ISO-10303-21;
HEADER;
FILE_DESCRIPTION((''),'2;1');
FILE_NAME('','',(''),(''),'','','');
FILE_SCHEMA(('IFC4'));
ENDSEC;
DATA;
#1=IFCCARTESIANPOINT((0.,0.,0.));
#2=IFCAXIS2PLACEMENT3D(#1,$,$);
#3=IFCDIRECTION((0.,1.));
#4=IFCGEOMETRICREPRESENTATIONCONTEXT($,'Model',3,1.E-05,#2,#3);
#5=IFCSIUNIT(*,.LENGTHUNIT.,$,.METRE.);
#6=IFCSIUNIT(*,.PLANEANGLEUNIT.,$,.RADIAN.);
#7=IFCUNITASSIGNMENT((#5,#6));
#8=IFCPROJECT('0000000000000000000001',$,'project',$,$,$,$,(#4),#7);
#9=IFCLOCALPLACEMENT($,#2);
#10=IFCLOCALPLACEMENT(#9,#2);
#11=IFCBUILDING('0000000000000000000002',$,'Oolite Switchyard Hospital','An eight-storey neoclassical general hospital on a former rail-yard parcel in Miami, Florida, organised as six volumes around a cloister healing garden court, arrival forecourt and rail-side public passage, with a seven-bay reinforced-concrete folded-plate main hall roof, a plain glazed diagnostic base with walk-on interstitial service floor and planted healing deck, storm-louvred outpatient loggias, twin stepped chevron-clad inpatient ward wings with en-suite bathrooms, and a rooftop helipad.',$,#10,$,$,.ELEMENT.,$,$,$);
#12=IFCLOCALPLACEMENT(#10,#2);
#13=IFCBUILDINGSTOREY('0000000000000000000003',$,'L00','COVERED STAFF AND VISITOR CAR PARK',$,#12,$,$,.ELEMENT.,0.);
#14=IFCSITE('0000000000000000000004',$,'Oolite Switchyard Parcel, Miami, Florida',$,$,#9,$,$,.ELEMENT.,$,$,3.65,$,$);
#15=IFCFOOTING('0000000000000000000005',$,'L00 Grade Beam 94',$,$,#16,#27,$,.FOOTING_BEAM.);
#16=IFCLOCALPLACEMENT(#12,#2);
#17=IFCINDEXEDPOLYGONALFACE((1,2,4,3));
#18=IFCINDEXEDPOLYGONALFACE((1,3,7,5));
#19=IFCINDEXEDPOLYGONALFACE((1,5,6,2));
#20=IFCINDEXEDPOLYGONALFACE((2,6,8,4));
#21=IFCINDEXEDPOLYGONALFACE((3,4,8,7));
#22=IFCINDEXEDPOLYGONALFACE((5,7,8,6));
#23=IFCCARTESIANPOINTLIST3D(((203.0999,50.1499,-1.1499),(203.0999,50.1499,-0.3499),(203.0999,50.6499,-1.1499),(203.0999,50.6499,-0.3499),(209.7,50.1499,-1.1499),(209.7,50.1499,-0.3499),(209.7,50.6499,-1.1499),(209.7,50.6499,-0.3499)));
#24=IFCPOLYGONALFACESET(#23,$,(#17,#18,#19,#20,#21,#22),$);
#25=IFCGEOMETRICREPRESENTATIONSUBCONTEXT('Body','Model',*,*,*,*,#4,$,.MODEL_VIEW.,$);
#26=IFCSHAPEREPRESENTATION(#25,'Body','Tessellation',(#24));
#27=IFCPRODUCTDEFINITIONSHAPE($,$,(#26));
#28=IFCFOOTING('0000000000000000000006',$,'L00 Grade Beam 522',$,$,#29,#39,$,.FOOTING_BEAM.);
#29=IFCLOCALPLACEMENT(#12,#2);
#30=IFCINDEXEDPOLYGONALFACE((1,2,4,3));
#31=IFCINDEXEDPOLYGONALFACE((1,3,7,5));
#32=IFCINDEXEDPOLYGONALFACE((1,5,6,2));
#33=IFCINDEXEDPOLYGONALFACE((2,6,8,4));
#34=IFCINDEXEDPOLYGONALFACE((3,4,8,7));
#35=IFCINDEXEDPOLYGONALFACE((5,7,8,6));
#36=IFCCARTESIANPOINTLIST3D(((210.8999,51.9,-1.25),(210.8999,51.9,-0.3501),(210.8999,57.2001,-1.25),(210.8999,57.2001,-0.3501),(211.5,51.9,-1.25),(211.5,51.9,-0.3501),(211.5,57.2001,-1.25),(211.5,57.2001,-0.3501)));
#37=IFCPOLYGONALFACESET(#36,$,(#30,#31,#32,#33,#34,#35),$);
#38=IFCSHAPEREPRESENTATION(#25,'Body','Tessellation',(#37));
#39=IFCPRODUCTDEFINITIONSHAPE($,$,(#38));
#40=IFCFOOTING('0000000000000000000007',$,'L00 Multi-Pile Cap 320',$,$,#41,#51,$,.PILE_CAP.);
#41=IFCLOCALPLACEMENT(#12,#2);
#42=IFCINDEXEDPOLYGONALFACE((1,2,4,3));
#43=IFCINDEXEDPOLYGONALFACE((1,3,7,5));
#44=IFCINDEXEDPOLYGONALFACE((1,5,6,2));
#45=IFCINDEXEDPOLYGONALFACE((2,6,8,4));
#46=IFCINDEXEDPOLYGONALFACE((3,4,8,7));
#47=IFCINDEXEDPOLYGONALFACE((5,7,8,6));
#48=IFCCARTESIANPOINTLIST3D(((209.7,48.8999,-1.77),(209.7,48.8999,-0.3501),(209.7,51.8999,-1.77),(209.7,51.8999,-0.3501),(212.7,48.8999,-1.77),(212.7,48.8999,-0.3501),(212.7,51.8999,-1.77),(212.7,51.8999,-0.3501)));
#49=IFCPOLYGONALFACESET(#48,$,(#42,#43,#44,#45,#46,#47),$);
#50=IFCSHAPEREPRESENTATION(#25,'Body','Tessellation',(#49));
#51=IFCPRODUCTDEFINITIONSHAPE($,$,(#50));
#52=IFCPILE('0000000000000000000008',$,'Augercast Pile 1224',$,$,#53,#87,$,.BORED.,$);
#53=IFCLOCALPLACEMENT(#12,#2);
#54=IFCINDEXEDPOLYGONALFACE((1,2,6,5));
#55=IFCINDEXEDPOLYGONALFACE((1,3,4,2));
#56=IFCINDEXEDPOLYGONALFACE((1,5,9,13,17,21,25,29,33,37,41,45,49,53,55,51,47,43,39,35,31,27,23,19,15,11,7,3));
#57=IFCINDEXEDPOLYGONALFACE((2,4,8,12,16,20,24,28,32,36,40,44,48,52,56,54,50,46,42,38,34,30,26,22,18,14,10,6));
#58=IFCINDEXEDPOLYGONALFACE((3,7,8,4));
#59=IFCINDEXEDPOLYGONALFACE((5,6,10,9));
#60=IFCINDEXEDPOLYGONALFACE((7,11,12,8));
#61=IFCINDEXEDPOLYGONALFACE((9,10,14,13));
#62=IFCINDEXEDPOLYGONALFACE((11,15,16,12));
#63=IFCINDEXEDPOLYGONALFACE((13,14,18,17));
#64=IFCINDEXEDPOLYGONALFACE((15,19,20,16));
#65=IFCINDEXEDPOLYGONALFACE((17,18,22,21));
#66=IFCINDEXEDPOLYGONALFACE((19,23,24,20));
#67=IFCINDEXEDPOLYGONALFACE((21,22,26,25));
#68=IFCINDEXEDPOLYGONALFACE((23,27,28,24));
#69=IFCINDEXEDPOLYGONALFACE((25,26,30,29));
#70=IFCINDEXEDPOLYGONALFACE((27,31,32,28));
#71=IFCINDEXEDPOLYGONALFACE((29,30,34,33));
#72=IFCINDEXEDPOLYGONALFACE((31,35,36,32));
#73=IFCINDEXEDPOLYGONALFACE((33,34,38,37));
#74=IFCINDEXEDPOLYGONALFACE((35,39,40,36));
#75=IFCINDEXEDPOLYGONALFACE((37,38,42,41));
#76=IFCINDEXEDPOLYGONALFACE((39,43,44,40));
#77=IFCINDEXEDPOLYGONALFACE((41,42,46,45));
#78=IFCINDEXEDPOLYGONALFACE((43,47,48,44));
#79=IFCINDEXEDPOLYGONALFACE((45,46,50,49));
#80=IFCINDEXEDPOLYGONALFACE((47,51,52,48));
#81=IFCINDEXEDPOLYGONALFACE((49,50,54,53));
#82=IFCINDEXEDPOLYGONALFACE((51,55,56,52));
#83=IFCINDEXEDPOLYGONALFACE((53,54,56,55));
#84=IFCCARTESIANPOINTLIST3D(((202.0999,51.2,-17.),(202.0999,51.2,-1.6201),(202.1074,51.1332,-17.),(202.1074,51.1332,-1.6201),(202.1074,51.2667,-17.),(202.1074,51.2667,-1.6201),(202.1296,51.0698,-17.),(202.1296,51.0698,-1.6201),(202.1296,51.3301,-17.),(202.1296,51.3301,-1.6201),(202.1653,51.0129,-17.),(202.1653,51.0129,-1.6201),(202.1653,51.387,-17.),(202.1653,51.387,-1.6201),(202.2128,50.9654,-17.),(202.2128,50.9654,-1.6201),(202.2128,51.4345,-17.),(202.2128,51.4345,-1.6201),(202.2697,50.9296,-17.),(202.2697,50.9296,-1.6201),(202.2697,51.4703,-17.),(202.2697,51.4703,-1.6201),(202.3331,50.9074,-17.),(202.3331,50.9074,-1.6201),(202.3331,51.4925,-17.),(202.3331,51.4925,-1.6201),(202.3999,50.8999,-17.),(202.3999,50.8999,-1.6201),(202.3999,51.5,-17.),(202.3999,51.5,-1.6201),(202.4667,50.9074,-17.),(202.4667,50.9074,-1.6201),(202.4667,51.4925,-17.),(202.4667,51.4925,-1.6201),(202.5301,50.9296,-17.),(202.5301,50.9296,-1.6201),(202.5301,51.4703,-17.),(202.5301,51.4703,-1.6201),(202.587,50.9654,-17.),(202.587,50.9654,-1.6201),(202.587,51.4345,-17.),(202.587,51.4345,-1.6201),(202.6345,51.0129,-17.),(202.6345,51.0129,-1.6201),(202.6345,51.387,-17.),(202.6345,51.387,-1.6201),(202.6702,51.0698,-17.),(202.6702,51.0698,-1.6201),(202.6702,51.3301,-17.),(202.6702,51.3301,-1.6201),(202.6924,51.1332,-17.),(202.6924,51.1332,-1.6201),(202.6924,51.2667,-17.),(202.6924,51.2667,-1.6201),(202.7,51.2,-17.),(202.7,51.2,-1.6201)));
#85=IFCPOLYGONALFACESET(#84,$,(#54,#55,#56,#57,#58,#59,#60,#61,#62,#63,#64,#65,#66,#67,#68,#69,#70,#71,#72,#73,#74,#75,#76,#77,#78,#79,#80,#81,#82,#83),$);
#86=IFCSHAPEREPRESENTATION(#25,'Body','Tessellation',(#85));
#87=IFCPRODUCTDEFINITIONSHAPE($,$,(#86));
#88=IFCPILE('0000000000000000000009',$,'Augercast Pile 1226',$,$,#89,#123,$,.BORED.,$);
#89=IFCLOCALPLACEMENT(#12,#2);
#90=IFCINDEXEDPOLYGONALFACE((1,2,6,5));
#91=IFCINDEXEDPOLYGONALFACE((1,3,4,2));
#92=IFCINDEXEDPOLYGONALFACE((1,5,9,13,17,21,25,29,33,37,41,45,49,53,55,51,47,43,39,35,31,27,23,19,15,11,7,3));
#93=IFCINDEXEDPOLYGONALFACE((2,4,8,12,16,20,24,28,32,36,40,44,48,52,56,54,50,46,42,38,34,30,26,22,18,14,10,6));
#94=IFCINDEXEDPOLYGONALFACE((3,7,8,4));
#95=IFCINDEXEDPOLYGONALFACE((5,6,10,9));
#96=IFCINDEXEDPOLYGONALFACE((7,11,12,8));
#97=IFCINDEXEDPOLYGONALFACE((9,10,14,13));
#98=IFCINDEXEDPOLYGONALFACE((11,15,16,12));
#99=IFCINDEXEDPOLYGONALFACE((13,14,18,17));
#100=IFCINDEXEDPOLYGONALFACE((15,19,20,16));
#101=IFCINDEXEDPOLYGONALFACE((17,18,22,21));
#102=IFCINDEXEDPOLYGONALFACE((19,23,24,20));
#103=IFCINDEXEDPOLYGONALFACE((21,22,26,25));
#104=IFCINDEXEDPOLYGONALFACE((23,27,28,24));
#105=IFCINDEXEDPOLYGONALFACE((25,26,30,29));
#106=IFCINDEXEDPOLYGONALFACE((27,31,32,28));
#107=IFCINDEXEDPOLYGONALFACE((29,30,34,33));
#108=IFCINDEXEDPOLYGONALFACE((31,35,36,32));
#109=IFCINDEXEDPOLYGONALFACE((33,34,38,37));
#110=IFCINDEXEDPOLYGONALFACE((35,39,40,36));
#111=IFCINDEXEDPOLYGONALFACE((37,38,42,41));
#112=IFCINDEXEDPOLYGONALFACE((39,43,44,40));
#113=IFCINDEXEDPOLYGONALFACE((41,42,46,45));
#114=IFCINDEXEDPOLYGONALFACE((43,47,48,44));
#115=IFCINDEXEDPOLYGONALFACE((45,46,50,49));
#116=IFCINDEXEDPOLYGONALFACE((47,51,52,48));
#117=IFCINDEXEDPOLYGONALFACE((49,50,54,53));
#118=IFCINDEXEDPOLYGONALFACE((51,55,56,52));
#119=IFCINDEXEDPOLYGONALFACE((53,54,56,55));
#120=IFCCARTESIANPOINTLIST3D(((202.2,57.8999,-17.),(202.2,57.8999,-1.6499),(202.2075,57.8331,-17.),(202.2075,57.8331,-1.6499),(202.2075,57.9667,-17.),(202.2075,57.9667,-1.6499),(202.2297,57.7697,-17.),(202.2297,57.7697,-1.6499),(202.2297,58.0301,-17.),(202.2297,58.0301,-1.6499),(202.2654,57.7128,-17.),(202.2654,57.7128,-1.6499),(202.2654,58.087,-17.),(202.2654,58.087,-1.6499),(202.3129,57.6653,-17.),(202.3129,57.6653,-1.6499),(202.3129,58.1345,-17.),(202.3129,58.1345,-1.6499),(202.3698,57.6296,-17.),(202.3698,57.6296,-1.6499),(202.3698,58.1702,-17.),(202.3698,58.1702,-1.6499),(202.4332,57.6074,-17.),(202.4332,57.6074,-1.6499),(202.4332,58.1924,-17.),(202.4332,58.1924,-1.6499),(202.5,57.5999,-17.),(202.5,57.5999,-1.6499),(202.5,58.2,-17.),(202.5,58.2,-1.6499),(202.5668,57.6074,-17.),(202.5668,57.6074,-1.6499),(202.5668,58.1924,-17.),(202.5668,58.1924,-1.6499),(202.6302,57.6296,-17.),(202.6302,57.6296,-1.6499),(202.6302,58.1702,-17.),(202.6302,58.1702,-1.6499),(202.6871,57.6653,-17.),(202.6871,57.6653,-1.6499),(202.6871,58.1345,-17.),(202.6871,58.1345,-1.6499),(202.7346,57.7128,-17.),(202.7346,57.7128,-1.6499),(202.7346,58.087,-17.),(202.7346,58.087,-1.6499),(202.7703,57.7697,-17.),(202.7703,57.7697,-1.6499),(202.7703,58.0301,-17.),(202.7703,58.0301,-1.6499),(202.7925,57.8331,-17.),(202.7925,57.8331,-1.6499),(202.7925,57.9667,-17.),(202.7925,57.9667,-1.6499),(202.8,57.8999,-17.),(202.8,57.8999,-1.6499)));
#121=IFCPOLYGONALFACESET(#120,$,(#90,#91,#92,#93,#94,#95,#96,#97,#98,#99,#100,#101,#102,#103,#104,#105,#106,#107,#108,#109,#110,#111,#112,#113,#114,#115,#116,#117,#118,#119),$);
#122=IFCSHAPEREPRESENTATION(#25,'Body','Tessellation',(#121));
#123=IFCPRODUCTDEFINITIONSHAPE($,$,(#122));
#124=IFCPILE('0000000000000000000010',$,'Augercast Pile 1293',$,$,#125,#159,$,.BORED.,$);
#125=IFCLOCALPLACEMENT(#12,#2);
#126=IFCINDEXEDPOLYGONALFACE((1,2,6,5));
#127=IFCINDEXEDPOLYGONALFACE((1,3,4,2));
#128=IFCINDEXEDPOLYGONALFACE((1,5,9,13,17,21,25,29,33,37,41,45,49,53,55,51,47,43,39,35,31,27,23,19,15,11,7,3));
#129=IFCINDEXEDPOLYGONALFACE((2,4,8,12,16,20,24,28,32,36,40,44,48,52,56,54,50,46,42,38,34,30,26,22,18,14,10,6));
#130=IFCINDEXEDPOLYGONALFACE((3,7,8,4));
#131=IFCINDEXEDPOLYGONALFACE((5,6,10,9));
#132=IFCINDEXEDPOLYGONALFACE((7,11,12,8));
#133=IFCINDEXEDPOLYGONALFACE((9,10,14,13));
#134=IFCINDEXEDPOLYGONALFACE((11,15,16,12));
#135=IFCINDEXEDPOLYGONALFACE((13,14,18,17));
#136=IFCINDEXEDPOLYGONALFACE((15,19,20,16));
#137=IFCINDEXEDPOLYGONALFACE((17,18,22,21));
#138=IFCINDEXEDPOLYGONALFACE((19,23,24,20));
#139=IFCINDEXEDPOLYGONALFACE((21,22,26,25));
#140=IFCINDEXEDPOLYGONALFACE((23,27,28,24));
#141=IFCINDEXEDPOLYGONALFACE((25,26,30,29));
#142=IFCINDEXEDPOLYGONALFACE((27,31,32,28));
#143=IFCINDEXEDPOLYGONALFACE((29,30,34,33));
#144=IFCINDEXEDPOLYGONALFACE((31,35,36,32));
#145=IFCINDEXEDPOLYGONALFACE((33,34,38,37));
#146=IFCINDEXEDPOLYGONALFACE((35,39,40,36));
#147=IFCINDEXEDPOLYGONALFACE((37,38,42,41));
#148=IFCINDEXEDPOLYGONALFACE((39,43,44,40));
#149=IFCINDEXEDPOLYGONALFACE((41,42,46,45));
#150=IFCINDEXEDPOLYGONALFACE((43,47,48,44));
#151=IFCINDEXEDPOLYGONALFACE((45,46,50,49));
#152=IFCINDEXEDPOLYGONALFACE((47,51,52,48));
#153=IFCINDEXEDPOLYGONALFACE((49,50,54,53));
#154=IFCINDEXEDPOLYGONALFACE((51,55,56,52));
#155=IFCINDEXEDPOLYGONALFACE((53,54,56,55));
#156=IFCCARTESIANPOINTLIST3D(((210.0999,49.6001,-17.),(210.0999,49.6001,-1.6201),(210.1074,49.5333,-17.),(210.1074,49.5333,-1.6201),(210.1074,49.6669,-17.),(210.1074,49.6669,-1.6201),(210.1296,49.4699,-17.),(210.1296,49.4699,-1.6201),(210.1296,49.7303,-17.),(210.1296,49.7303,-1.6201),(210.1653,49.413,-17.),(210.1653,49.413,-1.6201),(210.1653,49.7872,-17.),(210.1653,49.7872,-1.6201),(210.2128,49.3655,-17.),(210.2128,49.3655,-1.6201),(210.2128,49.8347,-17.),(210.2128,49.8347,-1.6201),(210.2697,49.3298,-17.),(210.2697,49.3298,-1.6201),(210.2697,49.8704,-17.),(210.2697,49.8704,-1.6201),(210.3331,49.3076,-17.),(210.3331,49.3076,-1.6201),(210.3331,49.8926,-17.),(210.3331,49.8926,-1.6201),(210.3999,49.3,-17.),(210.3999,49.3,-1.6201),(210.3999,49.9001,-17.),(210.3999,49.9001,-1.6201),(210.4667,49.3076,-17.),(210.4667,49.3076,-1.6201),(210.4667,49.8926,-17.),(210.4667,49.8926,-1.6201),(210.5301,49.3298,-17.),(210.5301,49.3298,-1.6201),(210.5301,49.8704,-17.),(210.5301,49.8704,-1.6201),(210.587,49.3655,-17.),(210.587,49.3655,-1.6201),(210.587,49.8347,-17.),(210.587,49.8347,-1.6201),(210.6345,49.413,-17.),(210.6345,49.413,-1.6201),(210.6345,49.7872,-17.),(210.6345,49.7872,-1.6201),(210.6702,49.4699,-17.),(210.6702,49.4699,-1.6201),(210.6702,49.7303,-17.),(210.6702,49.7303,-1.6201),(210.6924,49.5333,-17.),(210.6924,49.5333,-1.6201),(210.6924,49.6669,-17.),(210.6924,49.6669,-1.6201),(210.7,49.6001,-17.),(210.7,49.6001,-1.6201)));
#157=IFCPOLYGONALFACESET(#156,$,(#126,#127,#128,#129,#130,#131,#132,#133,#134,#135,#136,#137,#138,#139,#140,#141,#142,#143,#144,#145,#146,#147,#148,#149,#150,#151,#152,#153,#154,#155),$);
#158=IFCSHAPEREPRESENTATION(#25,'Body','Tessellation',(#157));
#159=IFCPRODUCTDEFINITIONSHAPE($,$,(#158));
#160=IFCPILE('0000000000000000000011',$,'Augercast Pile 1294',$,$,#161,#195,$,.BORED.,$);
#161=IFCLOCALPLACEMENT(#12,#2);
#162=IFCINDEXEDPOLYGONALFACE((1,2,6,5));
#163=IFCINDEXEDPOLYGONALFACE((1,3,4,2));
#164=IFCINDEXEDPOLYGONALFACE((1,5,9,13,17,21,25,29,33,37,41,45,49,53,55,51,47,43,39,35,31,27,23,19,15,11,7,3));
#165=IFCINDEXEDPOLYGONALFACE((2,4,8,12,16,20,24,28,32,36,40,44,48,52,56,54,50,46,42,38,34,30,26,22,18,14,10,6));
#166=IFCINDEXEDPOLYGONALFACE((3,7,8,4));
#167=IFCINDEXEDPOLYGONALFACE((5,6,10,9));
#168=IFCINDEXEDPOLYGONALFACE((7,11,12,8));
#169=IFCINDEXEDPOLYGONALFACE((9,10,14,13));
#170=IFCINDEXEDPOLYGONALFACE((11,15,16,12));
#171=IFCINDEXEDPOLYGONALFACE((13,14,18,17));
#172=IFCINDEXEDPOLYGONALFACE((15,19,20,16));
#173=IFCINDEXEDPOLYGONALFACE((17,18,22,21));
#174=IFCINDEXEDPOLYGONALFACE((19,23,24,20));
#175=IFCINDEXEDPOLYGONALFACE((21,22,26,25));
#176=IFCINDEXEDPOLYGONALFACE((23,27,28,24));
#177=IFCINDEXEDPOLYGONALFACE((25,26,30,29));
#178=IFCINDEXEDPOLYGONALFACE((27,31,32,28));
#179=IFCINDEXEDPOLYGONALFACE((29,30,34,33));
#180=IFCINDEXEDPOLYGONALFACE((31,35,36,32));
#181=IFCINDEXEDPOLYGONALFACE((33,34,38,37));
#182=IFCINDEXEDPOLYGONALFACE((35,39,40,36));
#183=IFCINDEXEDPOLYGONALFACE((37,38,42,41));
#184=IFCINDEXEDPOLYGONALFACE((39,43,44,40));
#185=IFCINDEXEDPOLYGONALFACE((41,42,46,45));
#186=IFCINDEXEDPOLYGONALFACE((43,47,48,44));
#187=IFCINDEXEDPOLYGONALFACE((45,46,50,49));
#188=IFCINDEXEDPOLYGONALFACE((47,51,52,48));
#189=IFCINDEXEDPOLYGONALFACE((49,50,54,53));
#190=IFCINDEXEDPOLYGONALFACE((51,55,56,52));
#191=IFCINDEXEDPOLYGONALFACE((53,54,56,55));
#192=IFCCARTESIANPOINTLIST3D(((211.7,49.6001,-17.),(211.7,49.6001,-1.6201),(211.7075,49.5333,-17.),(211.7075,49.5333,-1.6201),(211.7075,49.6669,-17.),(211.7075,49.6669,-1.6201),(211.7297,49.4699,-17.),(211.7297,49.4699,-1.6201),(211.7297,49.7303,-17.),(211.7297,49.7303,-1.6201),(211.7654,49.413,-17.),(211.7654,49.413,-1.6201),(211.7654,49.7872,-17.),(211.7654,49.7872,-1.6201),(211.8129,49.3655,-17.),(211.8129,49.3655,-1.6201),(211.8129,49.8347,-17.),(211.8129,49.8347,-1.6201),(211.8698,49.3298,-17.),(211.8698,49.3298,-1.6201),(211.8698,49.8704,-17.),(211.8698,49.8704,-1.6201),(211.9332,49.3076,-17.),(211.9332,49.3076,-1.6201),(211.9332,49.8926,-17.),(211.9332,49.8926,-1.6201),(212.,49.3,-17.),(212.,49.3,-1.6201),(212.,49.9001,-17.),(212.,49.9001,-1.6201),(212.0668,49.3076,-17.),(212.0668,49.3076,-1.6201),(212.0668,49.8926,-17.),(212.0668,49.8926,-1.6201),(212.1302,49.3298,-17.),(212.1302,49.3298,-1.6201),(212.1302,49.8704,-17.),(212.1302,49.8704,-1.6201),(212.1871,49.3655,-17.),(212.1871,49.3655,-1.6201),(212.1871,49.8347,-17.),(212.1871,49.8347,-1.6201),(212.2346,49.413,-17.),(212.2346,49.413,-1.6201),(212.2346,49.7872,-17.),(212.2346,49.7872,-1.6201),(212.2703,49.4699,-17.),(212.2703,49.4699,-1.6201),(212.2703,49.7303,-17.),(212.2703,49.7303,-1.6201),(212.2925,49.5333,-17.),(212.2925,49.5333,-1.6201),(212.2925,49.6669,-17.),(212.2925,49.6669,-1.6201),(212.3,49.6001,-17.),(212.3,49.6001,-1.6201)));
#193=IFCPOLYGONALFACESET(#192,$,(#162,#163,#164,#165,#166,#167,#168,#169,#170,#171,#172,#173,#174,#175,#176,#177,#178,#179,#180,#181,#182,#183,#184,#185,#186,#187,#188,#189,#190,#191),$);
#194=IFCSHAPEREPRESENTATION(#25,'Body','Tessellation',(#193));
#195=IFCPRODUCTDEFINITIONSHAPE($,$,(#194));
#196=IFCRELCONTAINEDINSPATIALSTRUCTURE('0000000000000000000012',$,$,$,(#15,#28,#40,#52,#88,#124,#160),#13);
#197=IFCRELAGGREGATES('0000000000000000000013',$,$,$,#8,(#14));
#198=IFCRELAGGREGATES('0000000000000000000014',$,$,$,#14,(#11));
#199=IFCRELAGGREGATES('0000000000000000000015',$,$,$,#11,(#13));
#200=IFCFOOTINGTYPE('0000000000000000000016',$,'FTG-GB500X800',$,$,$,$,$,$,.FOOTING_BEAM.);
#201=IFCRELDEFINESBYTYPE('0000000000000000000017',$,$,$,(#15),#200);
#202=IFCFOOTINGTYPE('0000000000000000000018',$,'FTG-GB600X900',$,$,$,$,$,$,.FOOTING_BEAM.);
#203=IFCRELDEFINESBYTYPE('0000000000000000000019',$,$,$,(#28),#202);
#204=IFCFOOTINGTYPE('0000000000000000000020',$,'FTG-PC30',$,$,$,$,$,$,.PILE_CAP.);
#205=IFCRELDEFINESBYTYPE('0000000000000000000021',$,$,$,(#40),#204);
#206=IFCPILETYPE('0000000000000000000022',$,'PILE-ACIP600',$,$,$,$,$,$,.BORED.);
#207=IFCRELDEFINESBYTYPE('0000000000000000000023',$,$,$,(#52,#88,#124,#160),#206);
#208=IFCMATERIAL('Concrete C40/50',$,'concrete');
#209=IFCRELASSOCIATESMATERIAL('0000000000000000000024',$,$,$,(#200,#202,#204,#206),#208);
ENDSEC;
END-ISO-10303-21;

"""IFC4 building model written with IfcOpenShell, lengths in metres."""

from ifc_helpers import new_model, si_unit, direction, frame, origin, origin_2d, place, context, subcontext, project, spatial, rectangle, circle, extrude, material, material_profile, profile_set, type_object, element, save


model = new_model("IFC4")

# Units and contexts
model_context = context("Model", 3, precision=1e-05, world=origin(), true_north=direction((0.0, 1.0)))
body_context = subcontext(model_context, "Body", "Model", "MODEL_VIEW")
ifc_project = project(units=[si_unit("LENGTHUNIT", "METRE"), si_unit("PLANEANGLEUNIT", "RADIAN")], contexts=[model_context])

# Site, building, storey
site_placement = place(None, origin())
site = spatial("IfcSite", under=ifc_project, at=site_placement, Name="Oolite Switchyard Parcel, Miami, Florida", CompositionType="ELEMENT", RefElevation=3.65)
building_placement = place(site_placement, origin())
building = spatial("IfcBuilding", under=site, at=building_placement, Name="Oolite Switchyard Hospital", Description="An eight-storey neoclassical general hospital on a former rail-yard parcel in Miami, Florida, organised as six volumes around a cloister healing garden court, arrival forecourt and rail-side public passage, with a seven-bay reinforced-concrete folded-plate main hall roof, a plain glazed diagnostic base with walk-on interstitial service floor and planted healing deck, storm-louvred outpatient loggias, twin stepped chevron-clad inpatient ward wings with en-suite bathrooms, and a rooftop helipad.", CompositionType="ELEMENT")
storey_placement = place(building_placement, origin())
storey = spatial("IfcBuildingStorey", under=building, at=storey_placement, Name="L00", Description="COVERED STAFF AND VISITOR CAR PARK", CompositionType="ELEMENT", Elevation=0.0)

# Footings
ifc_material_1 = material(Name="Concrete C40/50", Category="concrete")
footing_type_1 = type_object("IfcFootingType", Name="FTG-GB500X800", PredefinedType="FOOTING_BEAM", material=ifc_material_1)
footing_1_placement = place(storey_placement, frame((206.3999, 50.3999, -1.1499), z_axis=(0.0, 0.0, 1.0), x_axis=(1.0, 0.0, 0.0)))
element("IfcFooting", 1, at=footing_1_placement, inside=storey, type_object=footing_type_1, Name="L00 Grade Beam 94", PredefinedType="FOOTING_BEAM", context=body_context, shape_type="SweptSolid", body=[
    extrude(rectangle(XDim=6.6001, YDim=0.5, at=origin_2d()), origin(), (0.0, 0.0, 1.0), 0.8),
])
footing_type_2 = type_object("IfcFootingType", Name="FTG-GB600X900", PredefinedType="FOOTING_BEAM", material=ifc_material_1)
footing_2_placement = place(storey_placement, frame((211.2, 54.55, -1.25), z_axis=(0.0, 0.0, 1.0), x_axis=(0.0, 1.0, 0.0)))
element("IfcFooting", 2, at=footing_2_placement, inside=storey, type_object=footing_type_2, Name="L00 Grade Beam 522", PredefinedType="FOOTING_BEAM", context=body_context, shape_type="SweptSolid", body=[
    extrude(rectangle(XDim=5.3, YDim=0.6001, at=origin_2d()), origin(), (0.0, 0.0, 1.0), 0.8999),
])
footing_type_3 = type_object("IfcFootingType", Name="FTG-PC30", PredefinedType="PILE_CAP", material=ifc_material_1)
footing_3_placement = place(storey_placement, frame((211.2, 50.3999, -1.77), z_axis=(0.0, 0.0, 1.0), x_axis=(1.0, 0.0, 0.0)))
element("IfcFooting", 3, at=footing_3_placement, inside=storey, type_object=footing_type_3, Name="L00 Multi-Pile Cap 320", PredefinedType="PILE_CAP", context=body_context, shape_type="SweptSolid", body=[
    extrude(rectangle(XDim=3.0, YDim=3.0, at=origin_2d()), origin(), (0.0, 0.0, 1.0), 1.4199),
])

# Piles
ifc_material_profile_1 = material_profile(ifc_material_1, circle(Radius=0.3, at=origin_2d()), Name="PILE600")
ifc_profile_set_1 = profile_set([ifc_material_profile_1], Name="Concrete C40/50")
pile_type = type_object("IfcPileType", Name="PILE-ACIP600", PredefinedType="BORED", material=ifc_profile_set_1)
pile_1_placement = place(storey_placement, frame((202.3999, 51.2, -1.6201), z_axis=(0.0, 0.0, -1.0), x_axis=(1.0, 0.0, 0.0)))
element("IfcPile", 4, at=pile_1_placement, inside=storey, type_object=pile_type, Name="Augercast Pile 1224", PredefinedType="BORED", context=body_context, shape_type="SweptSolid", body=[
    extrude(circle(Radius=0.3, at=origin_2d()), origin(), (0.0, 0.0, 1.0), 15.3799),
])
pile_2_placement = place(storey_placement, frame((202.5, 57.8999, -1.6499), z_axis=(0.0, 0.0, -1.0), x_axis=(1.0, 0.0, 0.0)))
element("IfcPile", 5, at=pile_2_placement, inside=storey, type_object=pile_type, Name="Augercast Pile 1226", PredefinedType="BORED", context=body_context, shape_type="SweptSolid", body=[
    extrude(circle(Radius=0.3, at=origin_2d()), origin(), (0.0, 0.0, 1.0), 15.3501),
])
for number, where, z_axis, x_axis, name in (
    (6, (210.3999, 49.6001, -1.6201), (0.0, 0.0, -1.0), (1.0, 0.0, 0.0), "Augercast Pile 1293"),
    (7, (212.0, 49.6001, -1.6201), (0.0, 0.0, -1.0), (1.0, 0.0, 0.0), "Augercast Pile 1294"),
):
    element("IfcPile", number, at=place(storey_placement, frame(where, z_axis=z_axis, x_axis=x_axis)), inside=storey, type_object=pile_type, Name=name, PredefinedType="BORED", context=body_context, shape_type="SweptSolid", body=[
        extrude(circle(Radius=0.3, at=origin_2d()), origin(), (0.0, 0.0, 1.0), 15.3799),
    ])

save(model, "model.ifc")
